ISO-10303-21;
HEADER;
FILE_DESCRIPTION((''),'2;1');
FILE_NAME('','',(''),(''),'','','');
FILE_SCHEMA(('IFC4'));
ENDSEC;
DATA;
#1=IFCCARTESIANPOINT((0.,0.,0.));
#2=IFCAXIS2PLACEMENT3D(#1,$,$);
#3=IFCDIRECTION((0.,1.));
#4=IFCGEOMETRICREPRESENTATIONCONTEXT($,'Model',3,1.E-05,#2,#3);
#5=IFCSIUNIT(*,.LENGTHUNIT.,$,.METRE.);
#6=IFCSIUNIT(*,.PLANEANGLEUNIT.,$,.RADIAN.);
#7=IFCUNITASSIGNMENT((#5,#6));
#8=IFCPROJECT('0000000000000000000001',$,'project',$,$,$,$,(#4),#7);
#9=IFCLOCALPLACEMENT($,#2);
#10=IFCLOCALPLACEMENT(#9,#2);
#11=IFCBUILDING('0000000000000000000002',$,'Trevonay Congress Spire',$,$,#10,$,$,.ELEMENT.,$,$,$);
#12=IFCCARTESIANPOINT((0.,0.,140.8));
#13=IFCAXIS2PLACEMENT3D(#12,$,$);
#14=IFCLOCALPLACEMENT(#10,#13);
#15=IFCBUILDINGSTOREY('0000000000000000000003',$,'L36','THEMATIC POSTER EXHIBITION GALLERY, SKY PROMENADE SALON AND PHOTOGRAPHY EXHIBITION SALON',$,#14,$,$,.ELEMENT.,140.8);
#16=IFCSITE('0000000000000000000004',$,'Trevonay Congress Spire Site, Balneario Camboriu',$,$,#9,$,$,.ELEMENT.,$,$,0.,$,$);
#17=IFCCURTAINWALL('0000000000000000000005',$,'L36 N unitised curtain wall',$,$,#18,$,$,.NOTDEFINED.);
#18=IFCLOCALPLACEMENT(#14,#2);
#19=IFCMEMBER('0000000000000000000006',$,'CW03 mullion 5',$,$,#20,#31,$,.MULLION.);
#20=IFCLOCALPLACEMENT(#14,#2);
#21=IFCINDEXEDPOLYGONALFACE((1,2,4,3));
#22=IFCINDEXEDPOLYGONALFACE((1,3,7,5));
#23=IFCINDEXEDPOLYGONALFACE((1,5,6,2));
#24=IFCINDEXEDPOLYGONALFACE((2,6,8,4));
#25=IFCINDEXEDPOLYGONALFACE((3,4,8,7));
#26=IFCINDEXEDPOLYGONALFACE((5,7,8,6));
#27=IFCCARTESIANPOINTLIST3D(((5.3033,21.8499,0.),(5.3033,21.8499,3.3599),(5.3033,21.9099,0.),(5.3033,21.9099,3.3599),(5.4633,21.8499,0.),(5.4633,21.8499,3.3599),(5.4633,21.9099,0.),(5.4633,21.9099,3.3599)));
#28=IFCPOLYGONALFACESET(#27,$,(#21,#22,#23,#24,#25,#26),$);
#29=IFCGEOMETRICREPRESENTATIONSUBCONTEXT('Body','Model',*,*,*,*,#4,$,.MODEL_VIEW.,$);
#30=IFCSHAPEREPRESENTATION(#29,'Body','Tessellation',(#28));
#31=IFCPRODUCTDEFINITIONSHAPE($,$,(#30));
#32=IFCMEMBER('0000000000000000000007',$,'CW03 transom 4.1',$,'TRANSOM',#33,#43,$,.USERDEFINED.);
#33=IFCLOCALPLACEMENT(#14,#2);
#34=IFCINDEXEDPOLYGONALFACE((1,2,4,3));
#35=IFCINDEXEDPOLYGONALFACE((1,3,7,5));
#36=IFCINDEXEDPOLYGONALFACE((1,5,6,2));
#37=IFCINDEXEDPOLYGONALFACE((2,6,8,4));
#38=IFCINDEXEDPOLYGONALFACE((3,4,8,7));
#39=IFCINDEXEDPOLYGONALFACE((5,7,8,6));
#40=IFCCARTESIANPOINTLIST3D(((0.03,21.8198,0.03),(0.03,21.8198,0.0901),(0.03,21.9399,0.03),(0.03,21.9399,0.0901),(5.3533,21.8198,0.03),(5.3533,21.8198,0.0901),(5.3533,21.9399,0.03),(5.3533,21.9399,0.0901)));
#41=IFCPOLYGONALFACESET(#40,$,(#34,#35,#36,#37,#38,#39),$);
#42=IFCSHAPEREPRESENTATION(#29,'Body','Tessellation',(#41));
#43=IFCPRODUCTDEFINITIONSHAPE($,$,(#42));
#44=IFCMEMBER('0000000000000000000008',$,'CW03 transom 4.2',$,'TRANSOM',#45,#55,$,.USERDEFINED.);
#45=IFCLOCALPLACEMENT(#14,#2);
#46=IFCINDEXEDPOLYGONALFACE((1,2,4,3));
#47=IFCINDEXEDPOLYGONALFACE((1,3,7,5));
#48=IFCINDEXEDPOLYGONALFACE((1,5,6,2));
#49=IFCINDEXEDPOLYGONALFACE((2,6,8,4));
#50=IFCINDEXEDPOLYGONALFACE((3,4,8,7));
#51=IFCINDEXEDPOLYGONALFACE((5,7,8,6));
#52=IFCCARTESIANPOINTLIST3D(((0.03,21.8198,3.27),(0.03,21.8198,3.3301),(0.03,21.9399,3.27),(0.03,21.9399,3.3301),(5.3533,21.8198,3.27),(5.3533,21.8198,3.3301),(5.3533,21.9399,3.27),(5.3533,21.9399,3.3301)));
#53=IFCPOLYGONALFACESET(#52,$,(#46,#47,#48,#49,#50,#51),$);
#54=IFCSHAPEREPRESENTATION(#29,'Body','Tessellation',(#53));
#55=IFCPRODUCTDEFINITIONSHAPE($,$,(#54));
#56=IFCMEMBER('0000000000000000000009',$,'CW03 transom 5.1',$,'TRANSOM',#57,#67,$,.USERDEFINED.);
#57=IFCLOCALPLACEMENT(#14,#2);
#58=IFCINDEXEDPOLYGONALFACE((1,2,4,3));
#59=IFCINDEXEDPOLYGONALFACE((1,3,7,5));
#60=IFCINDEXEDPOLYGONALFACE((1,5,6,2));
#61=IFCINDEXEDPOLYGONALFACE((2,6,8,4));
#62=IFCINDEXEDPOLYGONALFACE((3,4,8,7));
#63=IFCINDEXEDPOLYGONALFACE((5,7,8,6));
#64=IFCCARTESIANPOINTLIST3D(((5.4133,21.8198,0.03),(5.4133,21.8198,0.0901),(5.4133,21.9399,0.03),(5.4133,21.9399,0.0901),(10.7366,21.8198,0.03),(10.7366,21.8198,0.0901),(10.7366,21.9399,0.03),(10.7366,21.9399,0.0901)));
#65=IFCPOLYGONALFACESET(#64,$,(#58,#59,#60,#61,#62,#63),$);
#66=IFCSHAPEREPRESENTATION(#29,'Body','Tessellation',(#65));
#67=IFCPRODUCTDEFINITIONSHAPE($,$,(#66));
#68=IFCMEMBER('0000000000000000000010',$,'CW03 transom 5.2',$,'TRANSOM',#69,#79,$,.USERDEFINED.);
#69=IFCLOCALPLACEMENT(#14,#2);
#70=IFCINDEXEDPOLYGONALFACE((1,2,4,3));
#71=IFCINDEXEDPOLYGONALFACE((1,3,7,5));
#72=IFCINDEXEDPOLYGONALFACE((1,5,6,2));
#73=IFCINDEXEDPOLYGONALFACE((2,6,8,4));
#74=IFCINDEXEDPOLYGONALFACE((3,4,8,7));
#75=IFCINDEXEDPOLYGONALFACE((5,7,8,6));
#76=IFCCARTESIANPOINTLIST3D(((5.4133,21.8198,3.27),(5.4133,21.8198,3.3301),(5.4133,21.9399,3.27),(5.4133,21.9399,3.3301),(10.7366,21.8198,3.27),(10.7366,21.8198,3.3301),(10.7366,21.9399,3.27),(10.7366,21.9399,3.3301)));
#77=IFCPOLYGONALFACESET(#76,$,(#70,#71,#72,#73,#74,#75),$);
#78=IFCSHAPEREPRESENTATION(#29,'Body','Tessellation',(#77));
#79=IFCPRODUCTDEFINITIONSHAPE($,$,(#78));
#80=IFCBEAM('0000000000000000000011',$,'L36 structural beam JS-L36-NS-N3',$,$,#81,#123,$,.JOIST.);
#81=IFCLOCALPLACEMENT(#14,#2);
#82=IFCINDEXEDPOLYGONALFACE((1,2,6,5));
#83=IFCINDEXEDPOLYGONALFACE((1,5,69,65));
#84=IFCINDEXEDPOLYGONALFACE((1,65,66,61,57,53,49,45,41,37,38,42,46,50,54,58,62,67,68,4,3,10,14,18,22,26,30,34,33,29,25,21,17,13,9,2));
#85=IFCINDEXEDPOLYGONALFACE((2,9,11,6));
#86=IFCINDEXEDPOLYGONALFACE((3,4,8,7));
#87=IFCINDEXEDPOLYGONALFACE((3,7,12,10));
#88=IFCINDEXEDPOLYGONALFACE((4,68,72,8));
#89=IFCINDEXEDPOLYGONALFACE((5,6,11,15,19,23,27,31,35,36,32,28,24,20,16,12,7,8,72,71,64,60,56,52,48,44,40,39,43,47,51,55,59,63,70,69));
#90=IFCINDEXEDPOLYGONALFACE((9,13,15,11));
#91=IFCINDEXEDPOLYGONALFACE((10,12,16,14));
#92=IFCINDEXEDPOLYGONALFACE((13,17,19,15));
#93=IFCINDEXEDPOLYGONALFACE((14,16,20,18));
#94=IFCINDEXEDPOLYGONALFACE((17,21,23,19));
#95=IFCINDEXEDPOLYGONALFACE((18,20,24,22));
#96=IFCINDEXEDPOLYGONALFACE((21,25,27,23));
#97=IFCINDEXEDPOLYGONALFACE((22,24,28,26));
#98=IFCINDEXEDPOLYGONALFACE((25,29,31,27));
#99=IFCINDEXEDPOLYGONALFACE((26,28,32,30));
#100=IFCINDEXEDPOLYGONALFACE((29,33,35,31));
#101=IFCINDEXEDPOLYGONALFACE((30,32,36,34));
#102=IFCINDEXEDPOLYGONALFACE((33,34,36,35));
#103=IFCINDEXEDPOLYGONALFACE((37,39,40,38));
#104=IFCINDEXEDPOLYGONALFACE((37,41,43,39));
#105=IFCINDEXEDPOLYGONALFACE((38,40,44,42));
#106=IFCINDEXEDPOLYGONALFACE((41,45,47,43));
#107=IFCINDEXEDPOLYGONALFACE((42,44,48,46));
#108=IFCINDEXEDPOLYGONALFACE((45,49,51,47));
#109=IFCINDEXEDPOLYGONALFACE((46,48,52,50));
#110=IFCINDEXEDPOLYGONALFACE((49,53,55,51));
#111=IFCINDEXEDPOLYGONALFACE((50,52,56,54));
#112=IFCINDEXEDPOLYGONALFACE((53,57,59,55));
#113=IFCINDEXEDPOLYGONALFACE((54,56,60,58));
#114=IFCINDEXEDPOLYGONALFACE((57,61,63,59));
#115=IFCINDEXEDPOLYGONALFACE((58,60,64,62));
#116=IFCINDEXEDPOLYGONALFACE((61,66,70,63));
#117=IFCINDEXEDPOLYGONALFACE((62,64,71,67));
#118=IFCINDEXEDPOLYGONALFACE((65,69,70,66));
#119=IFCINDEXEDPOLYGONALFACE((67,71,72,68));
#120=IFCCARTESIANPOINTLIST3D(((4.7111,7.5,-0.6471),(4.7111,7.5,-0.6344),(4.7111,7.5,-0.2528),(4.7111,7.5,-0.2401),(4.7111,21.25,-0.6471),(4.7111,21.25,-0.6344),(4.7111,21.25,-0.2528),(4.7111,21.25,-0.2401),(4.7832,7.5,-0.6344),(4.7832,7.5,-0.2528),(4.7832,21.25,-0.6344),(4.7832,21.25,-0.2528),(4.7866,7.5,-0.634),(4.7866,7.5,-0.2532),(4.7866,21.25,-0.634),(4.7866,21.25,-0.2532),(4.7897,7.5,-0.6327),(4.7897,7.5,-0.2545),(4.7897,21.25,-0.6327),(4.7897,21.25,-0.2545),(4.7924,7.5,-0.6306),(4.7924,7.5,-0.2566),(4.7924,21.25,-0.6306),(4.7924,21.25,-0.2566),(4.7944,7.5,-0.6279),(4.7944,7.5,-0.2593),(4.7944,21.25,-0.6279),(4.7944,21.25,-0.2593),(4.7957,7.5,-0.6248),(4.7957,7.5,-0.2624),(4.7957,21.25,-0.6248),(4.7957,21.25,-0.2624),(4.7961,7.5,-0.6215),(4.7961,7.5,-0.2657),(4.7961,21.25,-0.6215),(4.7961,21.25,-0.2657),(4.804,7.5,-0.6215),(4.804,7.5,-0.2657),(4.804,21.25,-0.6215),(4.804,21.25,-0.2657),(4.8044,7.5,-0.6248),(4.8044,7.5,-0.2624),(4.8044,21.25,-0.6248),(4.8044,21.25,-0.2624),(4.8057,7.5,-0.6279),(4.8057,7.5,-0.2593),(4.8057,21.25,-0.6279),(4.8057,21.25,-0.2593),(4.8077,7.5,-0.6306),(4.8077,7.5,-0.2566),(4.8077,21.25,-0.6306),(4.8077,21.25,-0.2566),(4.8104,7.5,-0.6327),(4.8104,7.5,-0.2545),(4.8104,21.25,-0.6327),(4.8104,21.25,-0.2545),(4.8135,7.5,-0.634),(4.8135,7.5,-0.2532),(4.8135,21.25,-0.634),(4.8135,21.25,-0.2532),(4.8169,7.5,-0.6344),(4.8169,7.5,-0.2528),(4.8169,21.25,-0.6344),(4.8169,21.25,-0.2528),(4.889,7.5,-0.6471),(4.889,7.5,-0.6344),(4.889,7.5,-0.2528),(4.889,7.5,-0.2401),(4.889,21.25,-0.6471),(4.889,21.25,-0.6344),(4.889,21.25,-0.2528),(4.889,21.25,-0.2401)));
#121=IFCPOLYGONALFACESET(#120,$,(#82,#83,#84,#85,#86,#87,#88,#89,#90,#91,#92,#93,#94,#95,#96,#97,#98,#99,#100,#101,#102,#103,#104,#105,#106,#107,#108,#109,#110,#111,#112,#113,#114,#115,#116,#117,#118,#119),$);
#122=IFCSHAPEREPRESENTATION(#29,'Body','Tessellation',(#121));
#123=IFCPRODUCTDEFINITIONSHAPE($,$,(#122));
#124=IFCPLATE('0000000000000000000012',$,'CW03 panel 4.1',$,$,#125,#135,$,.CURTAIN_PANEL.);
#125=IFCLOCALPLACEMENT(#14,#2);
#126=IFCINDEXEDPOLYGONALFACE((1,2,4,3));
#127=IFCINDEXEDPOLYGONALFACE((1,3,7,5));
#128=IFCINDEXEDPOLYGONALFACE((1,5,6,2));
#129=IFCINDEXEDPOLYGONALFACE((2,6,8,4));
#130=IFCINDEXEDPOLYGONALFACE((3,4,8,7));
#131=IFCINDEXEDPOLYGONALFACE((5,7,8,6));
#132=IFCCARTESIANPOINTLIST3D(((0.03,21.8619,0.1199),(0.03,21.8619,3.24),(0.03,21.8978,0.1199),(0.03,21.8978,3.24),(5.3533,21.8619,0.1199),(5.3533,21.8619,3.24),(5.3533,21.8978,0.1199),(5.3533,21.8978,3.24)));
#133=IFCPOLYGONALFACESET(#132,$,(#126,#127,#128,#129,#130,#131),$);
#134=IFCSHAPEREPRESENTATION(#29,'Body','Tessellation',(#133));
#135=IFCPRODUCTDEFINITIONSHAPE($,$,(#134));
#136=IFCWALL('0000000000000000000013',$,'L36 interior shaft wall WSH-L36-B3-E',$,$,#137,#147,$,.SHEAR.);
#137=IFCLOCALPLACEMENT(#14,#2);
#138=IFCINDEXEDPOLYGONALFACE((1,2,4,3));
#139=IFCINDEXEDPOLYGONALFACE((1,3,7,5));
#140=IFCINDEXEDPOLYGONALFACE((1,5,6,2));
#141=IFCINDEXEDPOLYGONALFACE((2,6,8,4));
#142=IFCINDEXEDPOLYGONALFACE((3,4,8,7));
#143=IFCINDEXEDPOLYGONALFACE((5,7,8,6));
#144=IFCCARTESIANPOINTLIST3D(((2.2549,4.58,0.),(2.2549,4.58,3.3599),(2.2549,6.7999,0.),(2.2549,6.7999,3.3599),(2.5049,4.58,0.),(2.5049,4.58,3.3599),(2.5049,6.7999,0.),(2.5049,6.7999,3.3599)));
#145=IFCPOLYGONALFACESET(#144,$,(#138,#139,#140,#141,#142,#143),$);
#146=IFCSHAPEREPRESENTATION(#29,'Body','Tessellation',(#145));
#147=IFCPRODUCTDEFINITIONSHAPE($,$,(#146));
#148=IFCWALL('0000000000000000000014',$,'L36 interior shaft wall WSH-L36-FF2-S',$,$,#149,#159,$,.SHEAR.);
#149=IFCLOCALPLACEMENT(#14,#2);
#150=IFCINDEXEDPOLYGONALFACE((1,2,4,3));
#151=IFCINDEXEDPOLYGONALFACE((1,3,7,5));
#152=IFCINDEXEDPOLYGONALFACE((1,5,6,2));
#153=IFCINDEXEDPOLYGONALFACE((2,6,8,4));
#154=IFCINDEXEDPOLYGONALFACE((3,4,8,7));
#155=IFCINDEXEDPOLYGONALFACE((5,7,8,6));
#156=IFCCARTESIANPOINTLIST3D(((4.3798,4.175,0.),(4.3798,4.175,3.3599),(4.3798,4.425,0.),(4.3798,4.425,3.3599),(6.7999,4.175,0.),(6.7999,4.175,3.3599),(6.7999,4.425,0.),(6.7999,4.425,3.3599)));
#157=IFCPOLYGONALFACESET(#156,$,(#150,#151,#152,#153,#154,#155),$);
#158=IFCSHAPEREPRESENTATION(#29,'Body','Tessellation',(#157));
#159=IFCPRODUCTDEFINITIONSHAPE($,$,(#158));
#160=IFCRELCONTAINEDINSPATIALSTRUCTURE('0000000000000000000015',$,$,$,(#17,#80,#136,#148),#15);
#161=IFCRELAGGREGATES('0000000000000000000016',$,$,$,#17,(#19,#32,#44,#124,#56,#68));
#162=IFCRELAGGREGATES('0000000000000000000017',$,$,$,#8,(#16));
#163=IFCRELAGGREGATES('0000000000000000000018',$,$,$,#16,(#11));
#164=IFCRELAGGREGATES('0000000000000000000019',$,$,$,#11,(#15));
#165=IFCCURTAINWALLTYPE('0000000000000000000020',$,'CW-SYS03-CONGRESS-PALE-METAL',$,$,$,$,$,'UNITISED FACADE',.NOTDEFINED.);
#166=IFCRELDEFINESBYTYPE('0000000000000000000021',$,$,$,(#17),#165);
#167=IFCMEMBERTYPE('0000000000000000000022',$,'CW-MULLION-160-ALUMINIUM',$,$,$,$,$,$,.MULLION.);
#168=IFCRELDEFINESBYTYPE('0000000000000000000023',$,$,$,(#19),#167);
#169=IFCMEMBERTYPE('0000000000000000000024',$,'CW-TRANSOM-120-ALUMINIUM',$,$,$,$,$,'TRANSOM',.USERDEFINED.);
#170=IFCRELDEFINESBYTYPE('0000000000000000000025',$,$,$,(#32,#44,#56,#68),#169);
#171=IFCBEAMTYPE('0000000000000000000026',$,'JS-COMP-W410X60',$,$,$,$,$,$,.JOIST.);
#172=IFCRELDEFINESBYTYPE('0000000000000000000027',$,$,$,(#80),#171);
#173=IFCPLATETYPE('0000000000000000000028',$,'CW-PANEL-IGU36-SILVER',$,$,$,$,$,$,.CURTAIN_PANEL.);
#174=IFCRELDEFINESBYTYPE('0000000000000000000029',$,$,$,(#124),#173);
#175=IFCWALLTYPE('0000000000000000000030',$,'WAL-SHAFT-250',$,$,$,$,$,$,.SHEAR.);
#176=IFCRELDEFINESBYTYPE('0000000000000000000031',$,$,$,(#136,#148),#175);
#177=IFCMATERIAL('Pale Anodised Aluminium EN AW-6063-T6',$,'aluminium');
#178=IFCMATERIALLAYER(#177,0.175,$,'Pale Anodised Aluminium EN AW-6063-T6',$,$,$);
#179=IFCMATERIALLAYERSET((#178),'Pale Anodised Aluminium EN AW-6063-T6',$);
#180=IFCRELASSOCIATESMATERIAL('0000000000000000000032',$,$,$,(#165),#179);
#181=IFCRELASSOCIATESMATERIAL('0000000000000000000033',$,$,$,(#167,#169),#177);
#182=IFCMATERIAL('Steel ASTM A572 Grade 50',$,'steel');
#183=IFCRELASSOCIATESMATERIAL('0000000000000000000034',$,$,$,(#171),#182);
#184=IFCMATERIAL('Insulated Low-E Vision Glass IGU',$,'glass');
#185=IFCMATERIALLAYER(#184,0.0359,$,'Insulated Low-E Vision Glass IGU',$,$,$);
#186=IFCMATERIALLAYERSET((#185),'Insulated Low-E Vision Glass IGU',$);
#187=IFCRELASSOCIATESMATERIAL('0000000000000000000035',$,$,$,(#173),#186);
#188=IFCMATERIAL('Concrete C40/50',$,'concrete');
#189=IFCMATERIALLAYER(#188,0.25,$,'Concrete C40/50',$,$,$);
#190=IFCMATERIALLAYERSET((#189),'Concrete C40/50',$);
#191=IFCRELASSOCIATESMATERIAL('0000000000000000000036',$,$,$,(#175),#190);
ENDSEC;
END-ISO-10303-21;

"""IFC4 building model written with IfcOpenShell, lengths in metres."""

from ifc_helpers import new_model, si_unit, direction, frame, frame_2d, origin, origin_2d, place, context, subcontext, project, spatial, rectangle, i_section, extrude, material, layer, layer_set, material_profile, profile_set, type_object, element, aggregate, save


model = new_model("IFC4")

# Units and contexts
model_context = context("Model", 3, precision=1e-05, world=origin(), true_north=direction((0.0, 1.0)))
body_context = subcontext(model_context, "Body", "Model", "MODEL_VIEW")
ifc_project = project(units=[si_unit("LENGTHUNIT", "METRE"), si_unit("PLANEANGLEUNIT", "RADIAN")], contexts=[model_context])

# Site, building, storey
site_placement = place(None, origin())
site = spatial("IfcSite", under=ifc_project, at=site_placement, Name="Trevonay Congress Spire Site, Balneario Camboriu", CompositionType="ELEMENT", RefElevation=0.0)
building_placement = place(site_placement, origin())
building = spatial("IfcBuilding", under=site, at=building_placement, Name="Trevonay Congress Spire", CompositionType="ELEMENT")
storey_placement = place(building_placement, frame((0.0, 0.0, 140.8)))
storey = spatial("IfcBuildingStorey", under=building, at=storey_placement, Name="L36", Description="THEMATIC POSTER EXHIBITION GALLERY, SKY PROMENADE SALON AND PHOTOGRAPHY EXHIBITION SALON", CompositionType="ELEMENT", Elevation=140.8)

# Shared definitions
ifc_material_1 = material(Name="Steel ASTM A572 Grade 50", Category="steel")

# Curtain wall, members
ifc_material_2 = material(Name="Pale Anodised Aluminium EN AW-6063-T6", Category="aluminium")
ifc_layer_1 = layer(ifc_material_2, 0.175, Name="Pale Anodised Aluminium EN AW-6063-T6")
ifc_layer_set_1 = layer_set([ifc_layer_1], Name="Pale Anodised Aluminium EN AW-6063-T6")
curtain_wall_type = type_object("IfcCurtainWallType", Name="CW-SYS03-CONGRESS-PALE-METAL", ElementType="UNITISED FACADE", PredefinedType="NOTDEFINED", material=ifc_layer_set_1)
curtain_wall_placement = place(storey_placement, origin())
curtain_wall = element("IfcCurtainWall", 1, at=curtain_wall_placement, inside=storey, type_object=curtain_wall_type, Name="L36 N unitised curtain wall", PredefinedType="NOTDEFINED")
ifc_material_profile_1 = material_profile(ifc_material_2, rectangle(XDim=0.0601, YDim=0.1599, at=origin_2d()), Name="CW-MULLION-160-ALUMINIUM")
ifc_profile_set_1 = profile_set([ifc_material_profile_1], Name="Pale Anodised Aluminium EN AW-6063-T6")
member_type_1 = type_object("IfcMemberType", Name="CW-MULLION-160-ALUMINIUM", PredefinedType="MULLION", material=ifc_profile_set_1)
member_1_placement = place(storey_placement, frame((5.3833, 21.8799, 0.0), z_axis=(0.0, 0.0, 1.0), x_axis=(0.0, 1.0, 0.0)))
member_1 = element("IfcMember", 2, at=member_1_placement, type_object=member_type_1, Name="CW03 mullion 5", PredefinedType="MULLION", context=body_context, shape_type="SweptSolid", body=[
    extrude(rectangle(XDim=0.0601, YDim=0.1599, at=origin_2d()), origin(), (0.0, 0.0, 1.0), 3.3599),
])
ifc_material_profile_2 = material_profile(ifc_material_2, rectangle(XDim=0.1201, YDim=0.0601, at=origin_2d()), Name="CW-TRANSOM-120-ALUMINIUM")
ifc_profile_set_2 = profile_set([ifc_material_profile_2], Name="Pale Anodised Aluminium EN AW-6063-T6")
member_type_2 = type_object("IfcMemberType", Name="CW-TRANSOM-120-ALUMINIUM", ElementType="TRANSOM", PredefinedType="USERDEFINED", material=ifc_profile_set_2)
member_2_placement = place(storey_placement, frame((0.03, 21.8799, 0.0601), z_axis=(1.0, 0.0, 0.0), x_axis=(0.0, 1.0, 0.0)))
member_2 = element("IfcMember", 3, at=member_2_placement, type_object=member_type_2, Name="CW03 transom 4.1", ObjectType="TRANSOM", PredefinedType="USERDEFINED", context=body_context, shape_type="SweptSolid", body=[
    extrude(rectangle(XDim=0.1201, YDim=0.0601, at=origin_2d()), origin(), (0.0, 0.0, 1.0), 5.3232),
])
member_3_placement = place(storey_placement, frame((0.03, 21.8799, 3.3), z_axis=(1.0, 0.0, 0.0), x_axis=(0.0, 1.0, 0.0)))
member_3 = element("IfcMember", 4, at=member_3_placement, type_object=member_type_2, Name="CW03 transom 4.2", ObjectType="TRANSOM", PredefinedType="USERDEFINED", context=body_context, shape_type="SweptSolid", body=[
    extrude(rectangle(XDim=0.1201, YDim=0.0601, at=origin_2d()), origin(), (0.0, 0.0, 1.0), 5.3232),
])
member_4_placement = place(storey_placement, frame((5.4133, 21.8799, 0.0601), z_axis=(1.0, 0.0, 0.0), x_axis=(0.0, 1.0, 0.0)))
member_4 = element("IfcMember", 5, at=member_4_placement, type_object=member_type_2, Name="CW03 transom 5.1", ObjectType="TRANSOM", PredefinedType="USERDEFINED", context=body_context, shape_type="SweptSolid", body=[
    extrude(rectangle(XDim=0.1201, YDim=0.0601, at=origin_2d()), origin(), (0.0, 0.0, 1.0), 5.3232),
])
member_5_placement = place(storey_placement, frame((5.4133, 21.8799, 3.3), z_axis=(1.0, 0.0, 0.0), x_axis=(0.0, 1.0, 0.0)))
member_5 = element("IfcMember", 6, at=member_5_placement, type_object=member_type_2, Name="CW03 transom 5.2", ObjectType="TRANSOM", PredefinedType="USERDEFINED", context=body_context, shape_type="SweptSolid", body=[
    extrude(rectangle(XDim=0.1201, YDim=0.0601, at=origin_2d()), origin(), (0.0, 0.0, 1.0), 5.3232),
])

# Beam
ifc_material_profile_3 = material_profile(ifc_material_1, i_section(OverallWidth=0.178, OverallDepth=0.407, WebThickness=0.0078, FlangeThickness=0.0127, FilletRadius=0.0129, at=origin_2d()), Name="W410x60")
ifc_profile_set_3 = profile_set([ifc_material_profile_3], Name="Steel ASTM A572 Grade 50")
beam_type_1 = type_object("IfcBeamType", Name="JS-COMP-W410X60", PredefinedType="JOIST", material=ifc_profile_set_3)
beam_1_placement = place(storey_placement, frame((4.8, 7.5, -0.4436), z_axis=(0.0, 1.0, 0.0), x_axis=(-1.0, 0.0, 0.0)))
element("IfcBeam", 7, at=beam_1_placement, inside=storey, type_object=beam_type_1, Name="L36 structural beam JS-L36-NS-N3", PredefinedType="JOIST", context=body_context, shape_type="SweptSolid", body=[
    extrude(i_section(OverallWidth=0.178, OverallDepth=0.407, WebThickness=0.0078, FlangeThickness=0.0127, FilletRadius=0.0129, at=origin_2d()), origin(), (0.0, 0.0, 1.0), 13.75),
])

# Plate
ifc_material_3 = material(Name="Insulated Low-E Vision Glass IGU", Category="glass")
ifc_layer_2 = layer(ifc_material_3, 0.0359, Name="Insulated Low-E Vision Glass IGU")
ifc_layer_set_2 = layer_set([ifc_layer_2], Name="Insulated Low-E Vision Glass IGU")
plate_type = type_object("IfcPlateType", Name="CW-PANEL-IGU36-SILVER", PredefinedType="CURTAIN_PANEL", material=ifc_layer_set_2)
plate_placement = place(storey_placement, frame((2.6917, 21.8799, 0.1199), z_axis=(0.0, 0.0, 1.0), x_axis=(1.0, 0.0, 0.0)))
plate = element("IfcPlate", 8, at=plate_placement, type_object=plate_type, Name="CW03 panel 4.1", PredefinedType="CURTAIN_PANEL", context=body_context, shape_type="SweptSolid", body=[
    extrude(rectangle(XDim=5.3232, YDim=0.0359, at=origin_2d()), origin(), (0.0, 0.0, 1.0), 3.1201),
])
aggregate(curtain_wall, [member_1, member_2, member_3, plate, member_4, member_5])

# Walls
ifc_material_4 = material(Name="Concrete C40/50", Category="concrete")
ifc_layer_3 = layer(ifc_material_4, 0.25, Name="Concrete C40/50")
ifc_layer_set_3 = layer_set([ifc_layer_3], Name="Concrete C40/50")
wall_type_1 = type_object("IfcWallType", Name="WAL-SHAFT-250", PredefinedType="SHEAR", material=ifc_layer_set_3)
wall_1_placement = place(storey_placement, frame((2.3799, 4.5801, 0.0), z_axis=(0.0, 0.0, 1.0), x_axis=(0.0, 1.0, 0.0)))
element("IfcWall", 9, at=wall_1_placement, inside=storey, type_object=wall_type_1, Name="L36 interior shaft wall WSH-L36-B3-E", PredefinedType="SHEAR", context=body_context, shape_type="SweptSolid", body=[
    extrude(rectangle(XDim=2.22, YDim=0.25, at=frame_2d((1.1099, 0.0))), origin(), (0.0, 0.0, 1.0), 3.3599),
])
wall_2_placement = place(storey_placement, frame((4.3799, 4.3, 0.0), z_axis=(0.0, 0.0, 1.0), x_axis=(1.0, 0.0, 0.0)))
element("IfcWall", 10, at=wall_2_placement, inside=storey, type_object=wall_type_1, Name="L36 interior shaft wall WSH-L36-FF2-S", PredefinedType="SHEAR", context=body_context, shape_type="SweptSolid", body=[
    extrude(rectangle(XDim=2.4202, YDim=0.25, at=frame_2d((1.21, 0.0))), origin(), (0.0, 0.0, 1.0), 3.3599),
])

save(model, "model.ifc")
